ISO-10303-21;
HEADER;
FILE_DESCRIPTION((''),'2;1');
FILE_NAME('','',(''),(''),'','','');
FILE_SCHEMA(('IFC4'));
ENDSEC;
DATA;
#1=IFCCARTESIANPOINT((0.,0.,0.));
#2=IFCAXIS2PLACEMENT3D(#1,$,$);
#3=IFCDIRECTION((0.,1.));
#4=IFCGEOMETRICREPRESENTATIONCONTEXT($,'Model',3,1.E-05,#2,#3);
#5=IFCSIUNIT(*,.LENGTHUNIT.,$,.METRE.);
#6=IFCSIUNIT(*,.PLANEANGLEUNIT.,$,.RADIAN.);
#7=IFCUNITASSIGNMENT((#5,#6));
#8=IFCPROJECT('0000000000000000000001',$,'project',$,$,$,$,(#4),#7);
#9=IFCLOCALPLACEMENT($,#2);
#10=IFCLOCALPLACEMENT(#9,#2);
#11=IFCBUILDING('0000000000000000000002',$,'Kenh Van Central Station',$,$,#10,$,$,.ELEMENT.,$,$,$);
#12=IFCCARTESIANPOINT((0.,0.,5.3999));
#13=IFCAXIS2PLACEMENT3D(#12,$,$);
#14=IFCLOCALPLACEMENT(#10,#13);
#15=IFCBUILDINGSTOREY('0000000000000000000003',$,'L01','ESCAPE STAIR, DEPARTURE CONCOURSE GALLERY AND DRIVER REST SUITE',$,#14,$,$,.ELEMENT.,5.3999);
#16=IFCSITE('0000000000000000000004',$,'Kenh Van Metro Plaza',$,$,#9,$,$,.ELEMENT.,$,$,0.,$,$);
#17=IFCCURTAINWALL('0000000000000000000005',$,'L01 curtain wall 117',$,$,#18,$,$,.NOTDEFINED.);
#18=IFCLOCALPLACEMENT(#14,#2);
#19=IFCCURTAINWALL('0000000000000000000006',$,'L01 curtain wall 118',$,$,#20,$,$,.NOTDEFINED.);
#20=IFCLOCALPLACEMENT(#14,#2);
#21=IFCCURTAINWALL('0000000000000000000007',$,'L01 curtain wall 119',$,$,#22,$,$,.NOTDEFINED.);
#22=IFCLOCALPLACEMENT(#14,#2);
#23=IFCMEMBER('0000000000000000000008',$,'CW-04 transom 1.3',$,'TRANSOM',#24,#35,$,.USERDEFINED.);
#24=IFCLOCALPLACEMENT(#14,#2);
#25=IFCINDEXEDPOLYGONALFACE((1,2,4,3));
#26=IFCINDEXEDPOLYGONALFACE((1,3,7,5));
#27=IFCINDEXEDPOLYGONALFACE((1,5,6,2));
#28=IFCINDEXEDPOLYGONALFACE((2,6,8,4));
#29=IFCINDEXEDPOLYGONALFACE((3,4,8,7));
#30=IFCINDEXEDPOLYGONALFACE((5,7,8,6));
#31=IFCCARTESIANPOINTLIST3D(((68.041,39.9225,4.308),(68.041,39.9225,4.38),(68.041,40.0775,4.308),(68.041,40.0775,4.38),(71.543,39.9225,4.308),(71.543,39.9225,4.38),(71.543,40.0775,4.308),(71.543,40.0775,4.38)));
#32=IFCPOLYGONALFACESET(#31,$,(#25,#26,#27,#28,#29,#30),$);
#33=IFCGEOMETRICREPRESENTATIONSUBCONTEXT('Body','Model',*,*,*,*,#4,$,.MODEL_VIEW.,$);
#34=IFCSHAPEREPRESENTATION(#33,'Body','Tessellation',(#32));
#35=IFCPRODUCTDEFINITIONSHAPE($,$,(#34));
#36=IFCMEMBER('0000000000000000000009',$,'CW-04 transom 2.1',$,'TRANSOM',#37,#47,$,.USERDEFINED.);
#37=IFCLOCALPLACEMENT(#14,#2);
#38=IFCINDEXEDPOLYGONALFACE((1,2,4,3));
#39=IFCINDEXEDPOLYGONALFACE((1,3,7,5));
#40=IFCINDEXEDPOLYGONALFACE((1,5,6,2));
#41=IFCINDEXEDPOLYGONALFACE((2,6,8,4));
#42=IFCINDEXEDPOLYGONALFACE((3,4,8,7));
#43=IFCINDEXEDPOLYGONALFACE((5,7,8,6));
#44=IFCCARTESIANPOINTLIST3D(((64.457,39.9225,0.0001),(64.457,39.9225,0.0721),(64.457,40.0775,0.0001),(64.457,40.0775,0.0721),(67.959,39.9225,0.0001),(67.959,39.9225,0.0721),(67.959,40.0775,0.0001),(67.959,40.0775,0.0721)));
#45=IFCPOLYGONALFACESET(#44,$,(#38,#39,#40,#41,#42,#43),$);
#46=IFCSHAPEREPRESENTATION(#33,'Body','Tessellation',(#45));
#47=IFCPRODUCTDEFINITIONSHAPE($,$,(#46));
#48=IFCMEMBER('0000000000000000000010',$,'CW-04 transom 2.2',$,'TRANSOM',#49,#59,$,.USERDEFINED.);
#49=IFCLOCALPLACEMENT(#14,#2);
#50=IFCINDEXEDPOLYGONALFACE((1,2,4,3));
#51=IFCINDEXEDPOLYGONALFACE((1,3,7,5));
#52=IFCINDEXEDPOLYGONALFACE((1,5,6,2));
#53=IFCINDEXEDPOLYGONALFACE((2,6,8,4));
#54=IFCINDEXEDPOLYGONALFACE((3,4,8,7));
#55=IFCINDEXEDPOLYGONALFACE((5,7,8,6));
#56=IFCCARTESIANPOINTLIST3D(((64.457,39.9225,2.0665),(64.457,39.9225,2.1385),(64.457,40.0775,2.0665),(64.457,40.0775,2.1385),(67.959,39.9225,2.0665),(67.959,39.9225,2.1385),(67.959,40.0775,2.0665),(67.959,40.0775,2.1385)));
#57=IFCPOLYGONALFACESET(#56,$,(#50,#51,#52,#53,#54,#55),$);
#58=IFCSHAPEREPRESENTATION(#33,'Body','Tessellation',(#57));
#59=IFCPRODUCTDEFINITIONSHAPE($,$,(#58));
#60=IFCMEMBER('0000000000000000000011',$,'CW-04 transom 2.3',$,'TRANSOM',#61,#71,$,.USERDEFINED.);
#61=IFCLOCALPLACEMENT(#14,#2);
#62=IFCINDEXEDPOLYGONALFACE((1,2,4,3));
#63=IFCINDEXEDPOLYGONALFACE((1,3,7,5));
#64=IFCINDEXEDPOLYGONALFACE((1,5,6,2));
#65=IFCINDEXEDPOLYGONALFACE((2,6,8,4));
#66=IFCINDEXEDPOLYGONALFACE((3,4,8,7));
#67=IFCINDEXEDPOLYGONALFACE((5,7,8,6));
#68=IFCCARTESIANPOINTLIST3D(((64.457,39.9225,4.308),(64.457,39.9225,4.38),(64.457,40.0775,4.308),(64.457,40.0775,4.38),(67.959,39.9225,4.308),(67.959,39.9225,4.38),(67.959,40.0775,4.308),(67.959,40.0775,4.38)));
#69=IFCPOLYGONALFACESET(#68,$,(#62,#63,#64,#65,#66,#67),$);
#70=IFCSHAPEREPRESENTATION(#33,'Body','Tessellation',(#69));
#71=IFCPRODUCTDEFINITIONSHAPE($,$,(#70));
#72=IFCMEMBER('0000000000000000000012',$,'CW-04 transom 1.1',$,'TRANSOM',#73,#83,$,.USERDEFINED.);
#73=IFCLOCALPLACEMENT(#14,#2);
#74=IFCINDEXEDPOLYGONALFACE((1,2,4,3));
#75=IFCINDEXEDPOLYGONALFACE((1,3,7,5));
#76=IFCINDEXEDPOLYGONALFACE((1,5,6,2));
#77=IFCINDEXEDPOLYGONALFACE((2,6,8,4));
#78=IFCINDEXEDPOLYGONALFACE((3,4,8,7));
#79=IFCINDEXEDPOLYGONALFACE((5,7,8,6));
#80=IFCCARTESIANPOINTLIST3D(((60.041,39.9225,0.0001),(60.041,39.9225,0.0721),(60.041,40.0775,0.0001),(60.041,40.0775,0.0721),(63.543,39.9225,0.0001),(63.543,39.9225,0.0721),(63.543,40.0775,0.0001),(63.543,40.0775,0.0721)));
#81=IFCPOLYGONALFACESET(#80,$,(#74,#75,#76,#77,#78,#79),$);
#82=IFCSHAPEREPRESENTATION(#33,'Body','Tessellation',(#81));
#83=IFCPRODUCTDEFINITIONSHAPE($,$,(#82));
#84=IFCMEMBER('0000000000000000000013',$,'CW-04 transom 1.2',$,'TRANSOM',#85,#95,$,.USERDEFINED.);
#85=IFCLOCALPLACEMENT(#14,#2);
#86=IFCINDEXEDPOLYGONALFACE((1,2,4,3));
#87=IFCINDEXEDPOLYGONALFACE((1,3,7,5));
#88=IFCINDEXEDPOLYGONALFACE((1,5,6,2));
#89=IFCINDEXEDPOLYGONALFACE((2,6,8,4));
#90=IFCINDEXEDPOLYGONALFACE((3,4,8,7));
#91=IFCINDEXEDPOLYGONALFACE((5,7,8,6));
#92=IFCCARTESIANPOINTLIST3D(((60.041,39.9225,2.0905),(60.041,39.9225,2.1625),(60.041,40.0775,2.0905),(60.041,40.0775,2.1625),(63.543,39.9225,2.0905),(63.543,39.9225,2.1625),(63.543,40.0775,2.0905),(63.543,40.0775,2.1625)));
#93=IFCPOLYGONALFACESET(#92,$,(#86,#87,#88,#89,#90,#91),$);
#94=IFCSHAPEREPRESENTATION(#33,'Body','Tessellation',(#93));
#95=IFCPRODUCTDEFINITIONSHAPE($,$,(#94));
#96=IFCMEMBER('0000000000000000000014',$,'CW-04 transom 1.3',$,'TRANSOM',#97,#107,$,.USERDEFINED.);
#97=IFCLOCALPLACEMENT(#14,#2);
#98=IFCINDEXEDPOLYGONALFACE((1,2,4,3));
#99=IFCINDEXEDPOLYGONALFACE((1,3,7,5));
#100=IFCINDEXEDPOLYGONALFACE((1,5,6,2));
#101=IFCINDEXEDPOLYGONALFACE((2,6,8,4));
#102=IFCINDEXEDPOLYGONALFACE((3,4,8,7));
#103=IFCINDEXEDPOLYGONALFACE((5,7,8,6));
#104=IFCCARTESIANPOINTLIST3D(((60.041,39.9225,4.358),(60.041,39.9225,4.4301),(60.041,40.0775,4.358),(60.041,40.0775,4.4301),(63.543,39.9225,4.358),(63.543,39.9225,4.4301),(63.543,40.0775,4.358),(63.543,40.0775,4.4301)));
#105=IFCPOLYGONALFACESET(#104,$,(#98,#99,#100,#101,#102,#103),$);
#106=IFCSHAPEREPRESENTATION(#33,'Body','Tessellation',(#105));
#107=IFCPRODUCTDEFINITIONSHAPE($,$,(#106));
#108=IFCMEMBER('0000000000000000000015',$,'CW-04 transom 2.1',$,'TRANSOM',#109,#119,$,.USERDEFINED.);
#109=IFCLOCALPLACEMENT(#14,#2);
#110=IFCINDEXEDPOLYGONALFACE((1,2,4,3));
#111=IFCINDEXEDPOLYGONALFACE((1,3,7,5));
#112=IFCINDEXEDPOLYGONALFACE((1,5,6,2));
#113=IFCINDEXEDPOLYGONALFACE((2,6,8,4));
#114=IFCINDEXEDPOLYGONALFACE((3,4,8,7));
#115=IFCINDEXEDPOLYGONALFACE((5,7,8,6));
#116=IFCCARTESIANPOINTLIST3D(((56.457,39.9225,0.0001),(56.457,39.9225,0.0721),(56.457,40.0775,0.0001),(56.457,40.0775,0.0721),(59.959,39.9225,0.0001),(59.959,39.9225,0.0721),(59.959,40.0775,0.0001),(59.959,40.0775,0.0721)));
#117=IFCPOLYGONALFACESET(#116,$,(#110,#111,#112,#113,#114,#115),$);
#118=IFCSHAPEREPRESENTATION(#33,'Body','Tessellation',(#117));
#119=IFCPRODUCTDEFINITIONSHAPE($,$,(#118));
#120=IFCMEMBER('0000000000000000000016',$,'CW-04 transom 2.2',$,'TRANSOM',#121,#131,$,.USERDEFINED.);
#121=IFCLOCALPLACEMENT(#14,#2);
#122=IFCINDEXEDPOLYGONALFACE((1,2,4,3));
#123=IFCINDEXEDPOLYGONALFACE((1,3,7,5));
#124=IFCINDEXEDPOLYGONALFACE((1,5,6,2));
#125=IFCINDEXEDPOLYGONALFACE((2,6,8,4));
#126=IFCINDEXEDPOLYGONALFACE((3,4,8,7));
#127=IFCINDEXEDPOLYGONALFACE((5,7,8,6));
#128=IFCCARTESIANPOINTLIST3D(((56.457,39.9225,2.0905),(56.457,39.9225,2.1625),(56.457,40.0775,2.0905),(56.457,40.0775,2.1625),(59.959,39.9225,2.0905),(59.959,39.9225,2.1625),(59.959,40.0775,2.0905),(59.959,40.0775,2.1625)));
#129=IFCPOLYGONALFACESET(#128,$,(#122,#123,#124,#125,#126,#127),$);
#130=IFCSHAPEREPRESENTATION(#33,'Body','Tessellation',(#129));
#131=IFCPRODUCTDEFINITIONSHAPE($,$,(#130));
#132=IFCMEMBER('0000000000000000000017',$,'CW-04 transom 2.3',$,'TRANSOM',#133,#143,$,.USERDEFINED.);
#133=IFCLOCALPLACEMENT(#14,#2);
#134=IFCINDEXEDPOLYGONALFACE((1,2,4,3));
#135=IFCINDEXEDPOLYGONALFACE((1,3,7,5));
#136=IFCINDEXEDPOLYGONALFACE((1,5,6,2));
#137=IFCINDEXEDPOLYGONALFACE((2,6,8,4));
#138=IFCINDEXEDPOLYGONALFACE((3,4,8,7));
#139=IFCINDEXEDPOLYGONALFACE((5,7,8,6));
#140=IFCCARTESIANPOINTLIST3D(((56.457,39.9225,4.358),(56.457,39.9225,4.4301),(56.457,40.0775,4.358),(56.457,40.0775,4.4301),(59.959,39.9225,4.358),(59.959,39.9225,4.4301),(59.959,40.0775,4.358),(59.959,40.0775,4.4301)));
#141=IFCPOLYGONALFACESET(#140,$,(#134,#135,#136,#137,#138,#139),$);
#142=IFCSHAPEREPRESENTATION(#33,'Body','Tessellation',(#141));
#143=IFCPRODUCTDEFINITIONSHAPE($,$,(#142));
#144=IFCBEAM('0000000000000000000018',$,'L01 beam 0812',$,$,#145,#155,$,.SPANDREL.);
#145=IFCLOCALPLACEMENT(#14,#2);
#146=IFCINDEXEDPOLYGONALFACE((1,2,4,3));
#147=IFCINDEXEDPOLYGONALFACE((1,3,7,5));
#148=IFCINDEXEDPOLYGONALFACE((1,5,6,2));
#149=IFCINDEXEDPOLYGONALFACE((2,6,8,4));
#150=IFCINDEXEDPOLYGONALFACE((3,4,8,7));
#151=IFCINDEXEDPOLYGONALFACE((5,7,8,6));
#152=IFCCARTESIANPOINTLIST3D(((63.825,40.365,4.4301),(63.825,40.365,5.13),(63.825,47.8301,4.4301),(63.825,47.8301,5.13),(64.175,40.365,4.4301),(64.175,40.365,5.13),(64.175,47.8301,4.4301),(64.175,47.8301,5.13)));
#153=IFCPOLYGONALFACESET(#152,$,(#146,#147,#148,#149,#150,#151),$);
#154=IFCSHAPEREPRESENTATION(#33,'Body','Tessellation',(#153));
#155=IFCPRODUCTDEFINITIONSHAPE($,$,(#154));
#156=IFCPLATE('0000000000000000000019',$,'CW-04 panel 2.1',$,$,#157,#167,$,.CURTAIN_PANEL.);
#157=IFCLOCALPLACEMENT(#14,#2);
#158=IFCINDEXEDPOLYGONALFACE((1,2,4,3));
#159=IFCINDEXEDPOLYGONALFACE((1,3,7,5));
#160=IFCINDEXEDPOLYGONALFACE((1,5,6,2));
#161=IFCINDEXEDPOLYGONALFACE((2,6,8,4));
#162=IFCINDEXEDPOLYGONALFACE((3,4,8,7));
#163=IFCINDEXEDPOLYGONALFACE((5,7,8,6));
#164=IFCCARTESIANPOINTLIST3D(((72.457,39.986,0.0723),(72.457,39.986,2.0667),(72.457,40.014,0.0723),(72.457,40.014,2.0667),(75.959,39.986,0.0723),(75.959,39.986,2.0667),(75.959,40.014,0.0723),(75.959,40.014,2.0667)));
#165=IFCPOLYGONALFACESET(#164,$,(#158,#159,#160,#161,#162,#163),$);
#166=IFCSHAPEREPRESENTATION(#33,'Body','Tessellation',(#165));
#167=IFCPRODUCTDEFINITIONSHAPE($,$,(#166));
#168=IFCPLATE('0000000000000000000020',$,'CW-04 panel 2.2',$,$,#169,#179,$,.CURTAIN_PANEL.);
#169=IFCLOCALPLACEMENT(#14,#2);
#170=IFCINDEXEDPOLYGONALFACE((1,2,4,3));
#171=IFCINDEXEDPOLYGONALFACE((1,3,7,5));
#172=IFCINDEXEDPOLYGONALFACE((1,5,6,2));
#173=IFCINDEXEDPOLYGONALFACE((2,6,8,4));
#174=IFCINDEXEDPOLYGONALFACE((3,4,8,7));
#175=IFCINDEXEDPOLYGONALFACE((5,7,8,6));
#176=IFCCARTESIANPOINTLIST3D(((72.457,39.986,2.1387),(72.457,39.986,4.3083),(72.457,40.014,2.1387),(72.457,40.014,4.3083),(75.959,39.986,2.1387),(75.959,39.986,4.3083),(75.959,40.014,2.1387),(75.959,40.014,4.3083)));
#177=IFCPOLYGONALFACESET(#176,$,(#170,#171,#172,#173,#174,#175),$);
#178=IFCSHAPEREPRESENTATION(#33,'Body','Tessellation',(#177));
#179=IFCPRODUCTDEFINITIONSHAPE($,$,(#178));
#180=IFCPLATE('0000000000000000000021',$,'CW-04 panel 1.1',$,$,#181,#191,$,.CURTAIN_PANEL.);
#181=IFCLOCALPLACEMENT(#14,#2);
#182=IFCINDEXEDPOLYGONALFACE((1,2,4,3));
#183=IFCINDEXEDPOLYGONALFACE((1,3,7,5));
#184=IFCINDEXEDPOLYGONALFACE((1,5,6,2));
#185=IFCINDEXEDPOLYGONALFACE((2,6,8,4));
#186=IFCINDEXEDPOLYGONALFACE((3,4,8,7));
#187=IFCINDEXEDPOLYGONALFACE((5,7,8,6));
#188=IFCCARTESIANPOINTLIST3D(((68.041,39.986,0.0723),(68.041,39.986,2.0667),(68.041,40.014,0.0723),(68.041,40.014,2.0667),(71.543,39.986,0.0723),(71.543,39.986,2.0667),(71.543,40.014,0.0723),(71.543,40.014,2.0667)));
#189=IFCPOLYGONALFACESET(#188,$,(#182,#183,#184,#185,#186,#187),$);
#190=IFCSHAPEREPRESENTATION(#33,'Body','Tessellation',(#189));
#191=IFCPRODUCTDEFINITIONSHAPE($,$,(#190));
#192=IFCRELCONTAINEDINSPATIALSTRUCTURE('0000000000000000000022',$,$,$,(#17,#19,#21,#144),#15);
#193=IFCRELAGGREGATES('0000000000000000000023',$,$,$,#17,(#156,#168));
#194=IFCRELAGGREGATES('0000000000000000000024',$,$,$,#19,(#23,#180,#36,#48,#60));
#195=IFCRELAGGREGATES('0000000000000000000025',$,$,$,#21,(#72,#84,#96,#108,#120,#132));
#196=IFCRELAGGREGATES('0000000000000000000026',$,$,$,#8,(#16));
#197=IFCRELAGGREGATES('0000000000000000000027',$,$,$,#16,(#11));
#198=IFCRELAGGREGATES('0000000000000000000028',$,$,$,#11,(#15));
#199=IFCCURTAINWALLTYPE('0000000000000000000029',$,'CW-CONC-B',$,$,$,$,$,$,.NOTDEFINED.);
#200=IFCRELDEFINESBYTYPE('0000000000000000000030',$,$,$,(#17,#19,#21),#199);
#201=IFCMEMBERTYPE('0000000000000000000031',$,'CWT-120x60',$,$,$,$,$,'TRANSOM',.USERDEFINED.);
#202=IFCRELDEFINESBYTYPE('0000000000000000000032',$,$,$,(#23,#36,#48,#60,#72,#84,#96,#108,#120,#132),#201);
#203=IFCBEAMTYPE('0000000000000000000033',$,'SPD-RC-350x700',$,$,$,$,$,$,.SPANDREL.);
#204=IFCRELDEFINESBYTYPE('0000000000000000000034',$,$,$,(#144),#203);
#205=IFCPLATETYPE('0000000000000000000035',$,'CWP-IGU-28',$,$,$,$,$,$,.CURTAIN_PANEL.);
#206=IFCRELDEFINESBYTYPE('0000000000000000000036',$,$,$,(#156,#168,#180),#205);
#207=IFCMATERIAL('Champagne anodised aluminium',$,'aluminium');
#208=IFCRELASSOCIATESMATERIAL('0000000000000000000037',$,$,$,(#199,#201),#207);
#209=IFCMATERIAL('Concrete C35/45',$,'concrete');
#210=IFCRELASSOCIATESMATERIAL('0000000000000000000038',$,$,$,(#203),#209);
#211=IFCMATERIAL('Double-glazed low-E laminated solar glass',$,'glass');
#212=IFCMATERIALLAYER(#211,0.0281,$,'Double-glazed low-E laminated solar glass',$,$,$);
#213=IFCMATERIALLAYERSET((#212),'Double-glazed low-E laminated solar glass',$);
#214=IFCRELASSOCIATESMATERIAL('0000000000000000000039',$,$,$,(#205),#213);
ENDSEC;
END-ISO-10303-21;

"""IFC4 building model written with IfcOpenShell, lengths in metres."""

from ifc_helpers import new_model, si_unit, direction, frame, origin, origin_2d, place, context, subcontext, project, spatial, rectangle, extrude, material, layer, layer_set, material_profile, profile_set, type_object, element, aggregate, save


model = new_model("IFC4")

# Units and contexts
model_context = context("Model", 3, precision=1e-05, world=origin(), true_north=direction((0.0, 1.0)))
body_context = subcontext(model_context, "Body", "Model", "MODEL_VIEW")
ifc_project = project(units=[si_unit("LENGTHUNIT", "METRE"), si_unit("PLANEANGLEUNIT", "RADIAN")], contexts=[model_context])

# Site, building, storey
site_placement = place(None, origin())
site = spatial("IfcSite", under=ifc_project, at=site_placement, Name="Kenh Van Metro Plaza", CompositionType="ELEMENT", RefElevation=0.0)
building_placement = place(site_placement, origin())
building = spatial("IfcBuilding", under=site, at=building_placement, Name="Kenh Van Central Station", CompositionType="ELEMENT")
storey_placement = place(building_placement, frame((0.0, 0.0, 5.3999)))
storey = spatial("IfcBuildingStorey", under=building, at=storey_placement, Name="L01", Description="ESCAPE STAIR, DEPARTURE CONCOURSE GALLERY AND DRIVER REST SUITE", CompositionType="ELEMENT", Elevation=5.3999)

# Shared definitions
ifc_material_1 = material(Name="Concrete C35/45", Category="concrete")

# Curtain wall
ifc_material_2 = material(Name="Champagne anodised aluminium", Category="aluminium")
curtain_wall_type = type_object("IfcCurtainWallType", Name="CW-CONC-B", PredefinedType="NOTDEFINED", material=ifc_material_2)
curtain_wall_1_placement = place(storey_placement, origin())
curtain_wall_1 = element("IfcCurtainWall", 1, at=curtain_wall_1_placement, inside=storey, type_object=curtain_wall_type, Name="L01 curtain wall 117", PredefinedType="NOTDEFINED")

# Curtain walls
curtain_wall_2_placement = place(storey_placement, origin())
curtain_wall_2 = element("IfcCurtainWall", 2, at=curtain_wall_2_placement, inside=storey, type_object=curtain_wall_type, Name="L01 curtain wall 118", PredefinedType="NOTDEFINED")
curtain_wall_3_placement = place(storey_placement, origin())
curtain_wall_3 = element("IfcCurtainWall", 3, at=curtain_wall_3_placement, inside=storey, type_object=curtain_wall_type, Name="L01 curtain wall 119", PredefinedType="NOTDEFINED")

# Members
ifc_material_profile_1 = material_profile(ifc_material_2, rectangle(XDim=0.155, YDim=0.072, at=origin_2d()), Name="AL 155x72")
ifc_profile_set_1 = profile_set([ifc_material_profile_1], Name="Champagne anodised aluminium")
member_type_1 = type_object("IfcMemberType", Name="CWT-120x60", ElementType="TRANSOM", PredefinedType="USERDEFINED", material=ifc_profile_set_1)
member_1_placement = place(storey_placement, frame((71.543, 40.0, 4.344), z_axis=(-1.0, 0.0, 0.0), x_axis=(0.0, -1.0, 0.0)))
member_1 = element("IfcMember", 4, at=member_1_placement, type_object=member_type_1, Name="CW-04 transom 1.3", ObjectType="TRANSOM", PredefinedType="USERDEFINED", context=body_context, shape_type="SweptSolid", body=[
    extrude(rectangle(XDim=0.155, YDim=0.072, at=origin_2d()), origin(), (0.0, 0.0, 1.0), 3.502),
])
member_2_placement = place(storey_placement, frame((67.959, 40.0, 0.0361), z_axis=(-1.0, 0.0, 0.0), x_axis=(0.0, -1.0, 0.0)))
member_2 = element("IfcMember", 5, at=member_2_placement, type_object=member_type_1, Name="CW-04 transom 2.1", ObjectType="TRANSOM", PredefinedType="USERDEFINED", context=body_context, shape_type="SweptSolid", body=[
    extrude(rectangle(XDim=0.155, YDim=0.072, at=origin_2d()), origin(), (0.0, 0.0, 1.0), 3.502),
])
member_3_placement = place(storey_placement, frame((67.959, 40.0, 2.1025), z_axis=(-1.0, 0.0, 0.0), x_axis=(0.0, -1.0, 0.0)))
member_3 = element("IfcMember", 6, at=member_3_placement, type_object=member_type_1, Name="CW-04 transom 2.2", ObjectType="TRANSOM", PredefinedType="USERDEFINED", context=body_context, shape_type="SweptSolid", body=[
    extrude(rectangle(XDim=0.155, YDim=0.072, at=origin_2d()), origin(), (0.0, 0.0, 1.0), 3.502),
])
member_4_placement = place(storey_placement, frame((67.959, 40.0, 4.344), z_axis=(-1.0, 0.0, 0.0), x_axis=(0.0, -1.0, 0.0)))
member_4 = element("IfcMember", 7, at=member_4_placement, type_object=member_type_1, Name="CW-04 transom 2.3", ObjectType="TRANSOM", PredefinedType="USERDEFINED", context=body_context, shape_type="SweptSolid", body=[
    extrude(rectangle(XDim=0.155, YDim=0.072, at=origin_2d()), origin(), (0.0, 0.0, 1.0), 3.502),
])
member_5_placement = place(storey_placement, frame((63.543, 40.0, 0.0361), z_axis=(-1.0, 0.0, 0.0), x_axis=(0.0, -1.0, 0.0)))
member_5 = element("IfcMember", 8, at=member_5_placement, type_object=member_type_1, Name="CW-04 transom 1.1", ObjectType="TRANSOM", PredefinedType="USERDEFINED", context=body_context, shape_type="SweptSolid", body=[
    extrude(rectangle(XDim=0.155, YDim=0.072, at=origin_2d()), origin(), (0.0, 0.0, 1.0), 3.502),
])
member_6_placement = place(storey_placement, frame((63.543, 40.0, 2.1265), z_axis=(-1.0, 0.0, 0.0), x_axis=(0.0, -1.0, 0.0)))
member_6 = element("IfcMember", 9, at=member_6_placement, type_object=member_type_1, Name="CW-04 transom 1.2", ObjectType="TRANSOM", PredefinedType="USERDEFINED", context=body_context, shape_type="SweptSolid", body=[
    extrude(rectangle(XDim=0.155, YDim=0.072, at=origin_2d()), origin(), (0.0, 0.0, 1.0), 3.502),
])
member_7_placement = place(storey_placement, frame((63.543, 40.0, 4.394), z_axis=(-1.0, 0.0, 0.0), x_axis=(0.0, -1.0, 0.0)))
member_7 = element("IfcMember", 10, at=member_7_placement, type_object=member_type_1, Name="CW-04 transom 1.3", ObjectType="TRANSOM", PredefinedType="USERDEFINED", context=body_context, shape_type="SweptSolid", body=[
    extrude(rectangle(XDim=0.155, YDim=0.072, at=origin_2d()), origin(), (0.0, 0.0, 1.0), 3.502),
])
member_8_placement = place(storey_placement, frame((59.959, 40.0, 0.0361), z_axis=(-1.0, 0.0, 0.0), x_axis=(0.0, -1.0, 0.0)))
member_8 = element("IfcMember", 11, at=member_8_placement, type_object=member_type_1, Name="CW-04 transom 2.1", ObjectType="TRANSOM", PredefinedType="USERDEFINED", context=body_context, shape_type="SweptSolid", body=[
    extrude(rectangle(XDim=0.155, YDim=0.072, at=origin_2d()), origin(), (0.0, 0.0, 1.0), 3.502),
])
member_9_placement = place(storey_placement, frame((59.959, 40.0, 2.1265), z_axis=(-1.0, 0.0, 0.0), x_axis=(0.0, -1.0, 0.0)))
member_9 = element("IfcMember", 12, at=member_9_placement, type_object=member_type_1, Name="CW-04 transom 2.2", ObjectType="TRANSOM", PredefinedType="USERDEFINED", context=body_context, shape_type="SweptSolid", body=[
    extrude(rectangle(XDim=0.155, YDim=0.072, at=origin_2d()), origin(), (0.0, 0.0, 1.0), 3.502),
])
member_10_placement = place(storey_placement, frame((59.959, 40.0, 4.394), z_axis=(-1.0, 0.0, 0.0), x_axis=(0.0, -1.0, 0.0)))
member_10 = element("IfcMember", 13, at=member_10_placement, type_object=member_type_1, Name="CW-04 transom 2.3", ObjectType="TRANSOM", PredefinedType="USERDEFINED", context=body_context, shape_type="SweptSolid", body=[
    extrude(rectangle(XDim=0.155, YDim=0.072, at=origin_2d()), origin(), (0.0, 0.0, 1.0), 3.502),
])

# Beam
ifc_material_profile_2 = material_profile(ifc_material_1, rectangle(XDim=0.3501, YDim=0.7, at=origin_2d()), Name="RC 350x700")
ifc_profile_set_2 = profile_set([ifc_material_profile_2], Name="Concrete C35/45")
beam_type_1 = type_object("IfcBeamType", Name="SPD-RC-350x700", PredefinedType="SPANDREL", material=ifc_profile_set_2)
beam_1_placement = place(storey_placement, frame((64.0, 40.365, 4.78), z_axis=(0.0, 1.0, 0.0), x_axis=(-1.0, 0.0, 0.0)))
element("IfcBeam", 14, at=beam_1_placement, inside=storey, type_object=beam_type_1, Name="L01 beam 0812", PredefinedType="SPANDREL", context=body_context, shape_type="SweptSolid", body=[
    extrude(rectangle(XDim=0.3501, YDim=0.7, at=origin_2d()), origin(), (0.0, 0.0, 1.0), 7.4651),
])

# Plates
ifc_material_3 = material(Name="Double-glazed low-E laminated solar glass", Category="glass")
ifc_layer = layer(ifc_material_3, 0.0281, Name="Double-glazed low-E laminated solar glass")
ifc_layer_set = layer_set([ifc_layer], Name="Double-glazed low-E laminated solar glass")
plate_type = type_object("IfcPlateType", Name="CWP-IGU-28", PredefinedType="CURTAIN_PANEL", material=ifc_layer_set)
plate_1_placement = place(storey_placement, frame((74.208, 40.0, 0.0723), z_axis=(0.0, 0.0, 1.0), x_axis=(-1.0, 0.0, 0.0)))
plate_1 = element("IfcPlate", 15, at=plate_1_placement, type_object=plate_type, Name="CW-04 panel 2.1", PredefinedType="CURTAIN_PANEL", context=body_context, shape_type="SweptSolid", body=[
    extrude(rectangle(XDim=3.502, YDim=0.0281, at=origin_2d()), origin(), (0.0, 0.0, 1.0), 1.9944),
])
plate_2_placement = place(storey_placement, frame((74.208, 40.0, 2.1387), z_axis=(0.0, 0.0, 1.0), x_axis=(-1.0, 0.0, 0.0)))
plate_2 = element("IfcPlate", 16, at=plate_2_placement, type_object=plate_type, Name="CW-04 panel 2.2", PredefinedType="CURTAIN_PANEL", context=body_context, shape_type="SweptSolid", body=[
    extrude(rectangle(XDim=3.502, YDim=0.0281, at=origin_2d()), origin(), (0.0, 0.0, 1.0), 2.1697),
])
aggregate(curtain_wall_1, [plate_1, plate_2])
plate_3_placement = place(storey_placement, frame((69.792, 40.0, 0.0723), z_axis=(0.0, 0.0, 1.0), x_axis=(-1.0, 0.0, 0.0)))
plate_3 = element("IfcPlate", 17, at=plate_3_placement, type_object=plate_type, Name="CW-04 panel 1.1", PredefinedType="CURTAIN_PANEL", context=body_context, shape_type="SweptSolid", body=[
    extrude(rectangle(XDim=3.502, YDim=0.0281, at=origin_2d()), origin(), (0.0, 0.0, 1.0), 1.9944),
])
aggregate(curtain_wall_2, [member_1, plate_3, member_2, member_3, member_4])
aggregate(curtain_wall_3, [member_5, member_6, member_7, member_8, member_9, member_10])

save(model, "model.ifc")
